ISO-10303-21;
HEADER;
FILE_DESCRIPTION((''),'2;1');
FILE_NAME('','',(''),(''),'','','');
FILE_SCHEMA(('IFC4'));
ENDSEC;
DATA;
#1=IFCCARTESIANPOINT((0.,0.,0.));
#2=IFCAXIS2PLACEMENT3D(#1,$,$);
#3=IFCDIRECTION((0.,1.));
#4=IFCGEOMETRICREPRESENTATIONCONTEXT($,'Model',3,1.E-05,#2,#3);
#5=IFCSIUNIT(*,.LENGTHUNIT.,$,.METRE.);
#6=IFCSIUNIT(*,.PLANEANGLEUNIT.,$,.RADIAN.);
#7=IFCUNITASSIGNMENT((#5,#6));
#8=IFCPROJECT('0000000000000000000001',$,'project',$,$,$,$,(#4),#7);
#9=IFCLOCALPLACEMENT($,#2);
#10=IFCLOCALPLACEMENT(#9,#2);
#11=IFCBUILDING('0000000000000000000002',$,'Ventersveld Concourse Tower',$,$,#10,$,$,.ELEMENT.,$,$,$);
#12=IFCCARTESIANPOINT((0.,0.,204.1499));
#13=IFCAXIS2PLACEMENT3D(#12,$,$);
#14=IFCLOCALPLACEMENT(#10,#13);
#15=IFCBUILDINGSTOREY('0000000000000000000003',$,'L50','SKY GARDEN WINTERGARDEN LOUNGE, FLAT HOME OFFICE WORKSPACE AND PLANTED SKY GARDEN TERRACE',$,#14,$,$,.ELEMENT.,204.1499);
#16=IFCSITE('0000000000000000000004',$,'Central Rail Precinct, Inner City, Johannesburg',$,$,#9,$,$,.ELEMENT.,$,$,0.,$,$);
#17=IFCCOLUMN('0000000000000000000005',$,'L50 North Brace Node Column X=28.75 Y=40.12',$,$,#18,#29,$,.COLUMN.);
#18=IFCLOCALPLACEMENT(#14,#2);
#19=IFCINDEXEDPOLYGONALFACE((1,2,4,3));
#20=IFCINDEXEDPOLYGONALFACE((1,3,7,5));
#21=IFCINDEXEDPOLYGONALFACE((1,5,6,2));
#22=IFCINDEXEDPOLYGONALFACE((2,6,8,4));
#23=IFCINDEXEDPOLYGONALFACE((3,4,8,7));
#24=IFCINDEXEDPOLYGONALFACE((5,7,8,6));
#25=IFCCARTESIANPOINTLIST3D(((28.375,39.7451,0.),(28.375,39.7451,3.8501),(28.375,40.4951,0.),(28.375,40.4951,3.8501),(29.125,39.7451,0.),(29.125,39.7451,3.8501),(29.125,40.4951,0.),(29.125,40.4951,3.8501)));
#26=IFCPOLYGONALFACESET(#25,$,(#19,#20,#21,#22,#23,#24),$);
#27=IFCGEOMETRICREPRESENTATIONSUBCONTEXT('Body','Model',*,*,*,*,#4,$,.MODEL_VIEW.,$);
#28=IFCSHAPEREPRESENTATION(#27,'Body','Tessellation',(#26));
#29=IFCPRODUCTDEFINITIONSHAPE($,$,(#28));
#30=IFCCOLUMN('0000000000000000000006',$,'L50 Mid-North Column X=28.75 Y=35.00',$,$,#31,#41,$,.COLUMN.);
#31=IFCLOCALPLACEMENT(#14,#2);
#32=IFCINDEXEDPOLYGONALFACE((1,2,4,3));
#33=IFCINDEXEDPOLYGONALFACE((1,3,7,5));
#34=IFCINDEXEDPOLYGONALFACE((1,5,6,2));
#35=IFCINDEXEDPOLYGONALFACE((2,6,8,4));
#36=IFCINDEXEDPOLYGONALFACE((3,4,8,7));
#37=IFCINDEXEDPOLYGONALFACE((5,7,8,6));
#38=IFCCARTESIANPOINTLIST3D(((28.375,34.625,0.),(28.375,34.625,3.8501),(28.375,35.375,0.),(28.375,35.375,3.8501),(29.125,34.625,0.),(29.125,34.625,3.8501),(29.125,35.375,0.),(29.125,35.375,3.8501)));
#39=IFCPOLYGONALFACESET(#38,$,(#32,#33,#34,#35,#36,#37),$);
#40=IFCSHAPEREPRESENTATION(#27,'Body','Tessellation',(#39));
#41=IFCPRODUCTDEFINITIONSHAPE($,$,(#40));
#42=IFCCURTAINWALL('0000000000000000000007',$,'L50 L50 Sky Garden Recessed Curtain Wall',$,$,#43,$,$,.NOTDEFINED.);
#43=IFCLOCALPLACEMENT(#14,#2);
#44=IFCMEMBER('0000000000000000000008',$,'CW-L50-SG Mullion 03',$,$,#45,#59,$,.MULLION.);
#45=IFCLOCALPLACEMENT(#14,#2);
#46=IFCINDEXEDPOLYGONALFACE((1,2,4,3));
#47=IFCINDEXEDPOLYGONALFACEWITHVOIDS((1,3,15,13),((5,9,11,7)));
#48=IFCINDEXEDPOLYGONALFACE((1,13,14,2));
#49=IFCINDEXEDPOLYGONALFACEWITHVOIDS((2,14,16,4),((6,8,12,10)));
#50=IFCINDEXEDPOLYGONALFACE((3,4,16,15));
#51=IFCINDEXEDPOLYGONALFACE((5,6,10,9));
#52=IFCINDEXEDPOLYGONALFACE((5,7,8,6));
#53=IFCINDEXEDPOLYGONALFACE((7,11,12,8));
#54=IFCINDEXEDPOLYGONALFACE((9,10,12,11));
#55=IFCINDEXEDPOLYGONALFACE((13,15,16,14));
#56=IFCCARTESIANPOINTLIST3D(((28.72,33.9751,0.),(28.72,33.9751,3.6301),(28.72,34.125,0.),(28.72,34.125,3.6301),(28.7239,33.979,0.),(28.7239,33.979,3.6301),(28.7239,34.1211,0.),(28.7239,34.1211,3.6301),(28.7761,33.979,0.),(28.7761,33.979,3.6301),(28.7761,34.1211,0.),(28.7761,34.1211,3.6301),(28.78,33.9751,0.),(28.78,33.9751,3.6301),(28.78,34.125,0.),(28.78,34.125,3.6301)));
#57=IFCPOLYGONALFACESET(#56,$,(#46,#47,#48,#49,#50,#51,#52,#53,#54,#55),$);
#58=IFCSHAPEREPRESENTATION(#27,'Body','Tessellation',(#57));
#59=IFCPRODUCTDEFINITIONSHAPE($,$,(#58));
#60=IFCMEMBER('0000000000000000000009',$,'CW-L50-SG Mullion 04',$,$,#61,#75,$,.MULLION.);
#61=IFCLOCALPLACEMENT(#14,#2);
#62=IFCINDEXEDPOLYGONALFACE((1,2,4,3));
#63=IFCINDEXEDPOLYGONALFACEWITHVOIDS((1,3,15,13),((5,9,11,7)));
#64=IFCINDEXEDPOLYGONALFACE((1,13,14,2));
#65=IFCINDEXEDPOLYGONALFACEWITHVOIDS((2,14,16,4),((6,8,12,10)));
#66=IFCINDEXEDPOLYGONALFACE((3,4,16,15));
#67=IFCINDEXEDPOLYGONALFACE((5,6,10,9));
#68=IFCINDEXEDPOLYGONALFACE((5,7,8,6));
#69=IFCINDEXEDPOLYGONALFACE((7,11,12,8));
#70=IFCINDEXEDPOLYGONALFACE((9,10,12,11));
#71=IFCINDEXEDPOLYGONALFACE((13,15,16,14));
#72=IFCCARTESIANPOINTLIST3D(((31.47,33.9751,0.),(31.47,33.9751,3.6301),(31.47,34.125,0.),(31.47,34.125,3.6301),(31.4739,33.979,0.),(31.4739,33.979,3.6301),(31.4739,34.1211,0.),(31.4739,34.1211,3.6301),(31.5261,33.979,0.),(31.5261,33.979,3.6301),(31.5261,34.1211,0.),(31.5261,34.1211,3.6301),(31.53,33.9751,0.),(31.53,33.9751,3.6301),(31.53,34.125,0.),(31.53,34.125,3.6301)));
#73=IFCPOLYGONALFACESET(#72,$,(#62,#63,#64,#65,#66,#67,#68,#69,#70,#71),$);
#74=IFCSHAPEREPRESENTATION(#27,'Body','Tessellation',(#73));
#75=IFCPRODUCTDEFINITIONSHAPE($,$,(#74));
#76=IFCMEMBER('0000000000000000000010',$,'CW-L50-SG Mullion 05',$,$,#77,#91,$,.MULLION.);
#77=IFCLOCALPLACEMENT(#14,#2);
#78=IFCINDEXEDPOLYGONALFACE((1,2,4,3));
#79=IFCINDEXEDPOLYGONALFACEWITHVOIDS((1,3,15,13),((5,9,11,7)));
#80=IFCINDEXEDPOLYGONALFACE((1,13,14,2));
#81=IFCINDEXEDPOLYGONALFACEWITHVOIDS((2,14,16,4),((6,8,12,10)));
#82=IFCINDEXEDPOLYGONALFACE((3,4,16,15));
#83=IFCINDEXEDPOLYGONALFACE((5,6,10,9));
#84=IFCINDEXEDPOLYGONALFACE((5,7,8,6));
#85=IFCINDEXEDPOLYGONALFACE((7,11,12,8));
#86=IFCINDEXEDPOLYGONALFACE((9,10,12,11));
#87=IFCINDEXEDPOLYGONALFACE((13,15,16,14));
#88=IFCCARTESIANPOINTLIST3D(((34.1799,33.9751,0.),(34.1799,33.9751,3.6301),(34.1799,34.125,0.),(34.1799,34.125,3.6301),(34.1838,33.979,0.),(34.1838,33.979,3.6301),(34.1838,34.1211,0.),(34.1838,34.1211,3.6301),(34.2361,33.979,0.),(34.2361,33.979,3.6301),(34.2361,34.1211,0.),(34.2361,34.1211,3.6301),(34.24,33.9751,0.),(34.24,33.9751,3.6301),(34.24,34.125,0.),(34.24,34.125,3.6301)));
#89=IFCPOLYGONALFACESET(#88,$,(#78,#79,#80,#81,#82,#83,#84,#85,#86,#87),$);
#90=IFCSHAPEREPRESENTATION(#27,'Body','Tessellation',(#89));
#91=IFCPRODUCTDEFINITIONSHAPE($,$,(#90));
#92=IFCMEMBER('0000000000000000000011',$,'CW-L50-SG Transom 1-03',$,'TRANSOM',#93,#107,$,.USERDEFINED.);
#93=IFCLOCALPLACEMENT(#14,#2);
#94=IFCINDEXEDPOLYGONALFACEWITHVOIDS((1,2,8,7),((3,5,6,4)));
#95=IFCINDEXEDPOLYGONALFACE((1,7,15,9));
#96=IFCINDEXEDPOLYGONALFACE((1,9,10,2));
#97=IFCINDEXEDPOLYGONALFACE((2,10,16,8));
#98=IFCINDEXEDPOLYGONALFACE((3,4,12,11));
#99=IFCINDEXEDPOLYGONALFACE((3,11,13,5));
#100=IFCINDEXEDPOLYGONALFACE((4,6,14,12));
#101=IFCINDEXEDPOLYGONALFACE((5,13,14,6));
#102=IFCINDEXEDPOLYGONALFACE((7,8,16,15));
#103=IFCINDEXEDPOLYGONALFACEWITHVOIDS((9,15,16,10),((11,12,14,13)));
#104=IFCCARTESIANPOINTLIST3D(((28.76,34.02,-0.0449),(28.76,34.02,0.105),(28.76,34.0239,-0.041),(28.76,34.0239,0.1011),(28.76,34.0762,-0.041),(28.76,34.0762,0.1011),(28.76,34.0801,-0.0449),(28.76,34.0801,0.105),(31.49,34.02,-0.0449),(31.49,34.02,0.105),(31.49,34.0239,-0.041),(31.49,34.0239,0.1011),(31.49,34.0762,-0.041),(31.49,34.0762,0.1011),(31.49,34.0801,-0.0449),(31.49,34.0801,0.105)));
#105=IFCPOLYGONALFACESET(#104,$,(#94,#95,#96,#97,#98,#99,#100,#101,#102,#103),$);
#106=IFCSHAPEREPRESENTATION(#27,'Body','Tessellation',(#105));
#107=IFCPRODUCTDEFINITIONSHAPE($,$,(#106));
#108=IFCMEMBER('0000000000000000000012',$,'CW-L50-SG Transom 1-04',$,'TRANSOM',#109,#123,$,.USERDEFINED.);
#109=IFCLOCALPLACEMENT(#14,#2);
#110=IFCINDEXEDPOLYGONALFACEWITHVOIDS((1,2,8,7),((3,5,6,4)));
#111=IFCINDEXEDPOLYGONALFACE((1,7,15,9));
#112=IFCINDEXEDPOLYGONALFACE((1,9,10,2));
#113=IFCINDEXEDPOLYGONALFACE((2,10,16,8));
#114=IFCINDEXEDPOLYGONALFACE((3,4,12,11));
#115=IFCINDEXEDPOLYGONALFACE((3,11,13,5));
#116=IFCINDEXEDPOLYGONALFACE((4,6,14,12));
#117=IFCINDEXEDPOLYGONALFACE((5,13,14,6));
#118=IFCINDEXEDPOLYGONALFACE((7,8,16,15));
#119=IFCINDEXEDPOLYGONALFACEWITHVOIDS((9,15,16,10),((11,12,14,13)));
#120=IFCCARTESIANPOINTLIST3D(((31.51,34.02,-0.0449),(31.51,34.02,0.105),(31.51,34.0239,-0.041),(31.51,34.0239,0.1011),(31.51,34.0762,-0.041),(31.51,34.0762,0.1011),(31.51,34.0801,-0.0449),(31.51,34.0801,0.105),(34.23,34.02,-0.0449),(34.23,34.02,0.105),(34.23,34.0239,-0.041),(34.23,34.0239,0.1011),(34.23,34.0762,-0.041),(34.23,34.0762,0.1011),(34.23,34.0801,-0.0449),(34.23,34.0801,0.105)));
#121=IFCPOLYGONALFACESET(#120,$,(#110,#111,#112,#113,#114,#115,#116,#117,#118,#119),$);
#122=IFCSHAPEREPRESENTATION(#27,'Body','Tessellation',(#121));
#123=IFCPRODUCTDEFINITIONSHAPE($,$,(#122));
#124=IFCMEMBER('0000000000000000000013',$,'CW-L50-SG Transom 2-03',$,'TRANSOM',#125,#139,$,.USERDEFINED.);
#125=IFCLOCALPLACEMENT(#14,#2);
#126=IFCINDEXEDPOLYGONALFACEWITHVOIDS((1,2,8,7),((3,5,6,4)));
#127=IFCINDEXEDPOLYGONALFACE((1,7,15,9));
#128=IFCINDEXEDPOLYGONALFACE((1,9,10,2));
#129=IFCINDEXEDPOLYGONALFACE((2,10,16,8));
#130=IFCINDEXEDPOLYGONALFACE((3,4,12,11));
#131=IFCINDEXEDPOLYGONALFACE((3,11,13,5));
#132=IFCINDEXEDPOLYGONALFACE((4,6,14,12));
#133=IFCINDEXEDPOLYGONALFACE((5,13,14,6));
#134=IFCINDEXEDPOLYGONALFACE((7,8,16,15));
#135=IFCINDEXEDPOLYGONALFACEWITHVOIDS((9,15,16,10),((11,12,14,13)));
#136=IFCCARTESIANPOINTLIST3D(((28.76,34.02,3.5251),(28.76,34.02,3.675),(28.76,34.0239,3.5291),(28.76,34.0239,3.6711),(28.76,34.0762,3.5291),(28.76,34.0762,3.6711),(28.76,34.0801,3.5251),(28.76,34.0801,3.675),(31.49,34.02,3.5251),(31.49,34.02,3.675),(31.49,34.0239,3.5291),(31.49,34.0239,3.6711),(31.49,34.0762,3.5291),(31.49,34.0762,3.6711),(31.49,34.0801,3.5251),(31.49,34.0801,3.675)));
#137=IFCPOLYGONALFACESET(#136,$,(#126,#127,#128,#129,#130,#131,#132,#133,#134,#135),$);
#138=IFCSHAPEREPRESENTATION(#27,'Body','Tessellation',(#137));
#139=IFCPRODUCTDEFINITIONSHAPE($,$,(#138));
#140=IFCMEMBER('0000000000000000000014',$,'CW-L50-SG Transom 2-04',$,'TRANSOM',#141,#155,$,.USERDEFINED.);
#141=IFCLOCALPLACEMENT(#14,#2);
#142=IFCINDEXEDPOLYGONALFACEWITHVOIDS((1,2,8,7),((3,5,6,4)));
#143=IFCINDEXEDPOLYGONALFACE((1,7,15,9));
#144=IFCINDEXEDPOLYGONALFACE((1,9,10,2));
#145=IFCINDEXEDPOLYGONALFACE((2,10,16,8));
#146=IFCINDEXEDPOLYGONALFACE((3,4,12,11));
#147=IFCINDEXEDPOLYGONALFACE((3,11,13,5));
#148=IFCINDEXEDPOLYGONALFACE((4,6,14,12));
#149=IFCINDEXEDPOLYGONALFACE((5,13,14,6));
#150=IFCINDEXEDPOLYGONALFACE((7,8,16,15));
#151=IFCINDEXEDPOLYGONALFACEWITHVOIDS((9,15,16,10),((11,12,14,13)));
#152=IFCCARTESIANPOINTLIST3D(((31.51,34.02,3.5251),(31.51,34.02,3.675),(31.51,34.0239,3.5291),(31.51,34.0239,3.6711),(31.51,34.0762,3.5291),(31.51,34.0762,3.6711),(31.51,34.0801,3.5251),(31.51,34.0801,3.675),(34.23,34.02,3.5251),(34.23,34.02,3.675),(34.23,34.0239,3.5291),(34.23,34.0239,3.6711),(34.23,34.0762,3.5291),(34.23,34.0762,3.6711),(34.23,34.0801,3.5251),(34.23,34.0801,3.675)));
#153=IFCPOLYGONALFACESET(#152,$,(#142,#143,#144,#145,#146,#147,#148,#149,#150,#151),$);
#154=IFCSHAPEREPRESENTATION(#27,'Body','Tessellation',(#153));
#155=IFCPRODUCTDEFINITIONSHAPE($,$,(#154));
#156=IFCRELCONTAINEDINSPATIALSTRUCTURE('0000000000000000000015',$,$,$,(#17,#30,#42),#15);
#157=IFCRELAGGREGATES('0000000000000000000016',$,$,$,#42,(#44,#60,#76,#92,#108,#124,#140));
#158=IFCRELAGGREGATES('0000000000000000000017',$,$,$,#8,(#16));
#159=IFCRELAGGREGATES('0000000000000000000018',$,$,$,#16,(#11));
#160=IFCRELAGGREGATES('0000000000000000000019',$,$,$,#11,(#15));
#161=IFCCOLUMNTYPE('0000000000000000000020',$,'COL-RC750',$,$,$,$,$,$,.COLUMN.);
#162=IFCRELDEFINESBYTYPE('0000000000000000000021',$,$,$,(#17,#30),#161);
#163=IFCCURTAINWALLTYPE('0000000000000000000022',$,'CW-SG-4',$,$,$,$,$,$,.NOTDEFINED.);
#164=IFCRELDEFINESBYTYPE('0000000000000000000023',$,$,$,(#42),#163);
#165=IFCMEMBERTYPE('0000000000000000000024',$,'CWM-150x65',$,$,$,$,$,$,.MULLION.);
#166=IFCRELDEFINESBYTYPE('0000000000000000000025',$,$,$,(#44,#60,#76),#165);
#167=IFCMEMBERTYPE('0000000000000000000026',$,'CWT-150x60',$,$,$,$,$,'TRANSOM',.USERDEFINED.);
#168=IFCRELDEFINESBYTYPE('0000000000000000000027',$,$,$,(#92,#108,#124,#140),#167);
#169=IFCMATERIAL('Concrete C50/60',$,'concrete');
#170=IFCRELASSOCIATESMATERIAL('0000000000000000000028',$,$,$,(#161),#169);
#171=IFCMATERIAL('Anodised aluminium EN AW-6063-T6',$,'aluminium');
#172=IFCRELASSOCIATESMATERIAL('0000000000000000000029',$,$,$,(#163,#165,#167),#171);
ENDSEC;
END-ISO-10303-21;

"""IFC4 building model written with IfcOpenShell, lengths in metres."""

from ifc_helpers import new_model, si_unit, direction, frame, origin, origin_2d, place, context, subcontext, project, spatial, rectangle, hollow_rectangle, extrude, material, material_profile, profile_set, type_object, element, aggregate, save


model = new_model("IFC4")

# Units and contexts
model_context = context("Model", 3, precision=1e-05, world=origin(), true_north=direction((0.0, 1.0)))
body_context = subcontext(model_context, "Body", "Model", "MODEL_VIEW")
ifc_project = project(units=[si_unit("LENGTHUNIT", "METRE"), si_unit("PLANEANGLEUNIT", "RADIAN")], contexts=[model_context])

# Site, building, storey
site_placement = place(None, origin())
site = spatial("IfcSite", under=ifc_project, at=site_placement, Name="Central Rail Precinct, Inner City, Johannesburg", CompositionType="ELEMENT", RefElevation=0.0)
building_placement = place(site_placement, origin())
building = spatial("IfcBuilding", under=site, at=building_placement, Name="Ventersveld Concourse Tower", CompositionType="ELEMENT")
storey_placement = place(building_placement, frame((0.0, 0.0, 204.1499)))
storey = spatial("IfcBuildingStorey", under=building, at=storey_placement, Name="L50", Description="SKY GARDEN WINTERGARDEN LOUNGE, FLAT HOME OFFICE WORKSPACE AND PLANTED SKY GARDEN TERRACE", CompositionType="ELEMENT", Elevation=204.1499)

# Columns
ifc_material_1 = material(Name="Concrete C50/60", Category="concrete")
ifc_material_profile_1 = material_profile(ifc_material_1, rectangle(XDim=0.75, YDim=0.75, at=origin_2d()), Name="RC 750x750")
ifc_profile_set_1 = profile_set([ifc_material_profile_1], Name="Concrete C50/60")
column_type = type_object("IfcColumnType", Name="COL-RC750", PredefinedType="COLUMN", material=ifc_profile_set_1)
for number, where, z_axis, x_axis, name in (
    (1, (28.75, 40.1201, 0.0), (0.0, 0.0, 1.0), (1.0, 0.0, 0.0), "L50 North Brace Node Column X=28.75 Y=40.12"),
    (2, (28.75, 35.0, 0.0), (0.0, 0.0, 1.0), (1.0, 0.0, 0.0), "L50 Mid-North Column X=28.75 Y=35.00"),
):
    element("IfcColumn", number, at=place(storey_placement, frame(where, z_axis=z_axis, x_axis=x_axis)), inside=storey, type_object=column_type, Name=name, PredefinedType="COLUMN", context=body_context, shape_type="SweptSolid", body=[
        extrude(rectangle(XDim=0.75, YDim=0.75, at=origin_2d()), origin(), (0.0, 0.0, 1.0), 3.8501),
    ])

# Curtain wall, members
ifc_material_2 = material(Name="Anodised aluminium EN AW-6063-T6", Category="aluminium")
curtain_wall_type = type_object("IfcCurtainWallType", Name="CW-SG-4", PredefinedType="NOTDEFINED", material=ifc_material_2)
curtain_wall_placement = place(storey_placement, origin())
curtain_wall = element("IfcCurtainWall", 3, at=curtain_wall_placement, inside=storey, type_object=curtain_wall_type, Name="L50 L50 Sky Garden Recessed Curtain Wall", PredefinedType="NOTDEFINED")
ifc_material_profile_2 = material_profile(ifc_material_2, hollow_rectangle(XDim=0.0601, YDim=0.1499, WallThickness=0.0039, at=origin_2d()), Name="ALU 150x60x4")
ifc_profile_set_2 = profile_set([ifc_material_profile_2], Name="Anodised aluminium EN AW-6063-T6")
member_type_1 = type_object("IfcMemberType", Name="CWM-150x65", PredefinedType="MULLION", material=ifc_profile_set_2)
member_1_placement = place(storey_placement, frame((28.75, 34.05, 0.0), z_axis=(0.0, 0.0, 1.0), x_axis=(1.0, 0.0, 0.0)))
member_1 = element("IfcMember", 4, at=member_1_placement, type_object=member_type_1, Name="CW-L50-SG Mullion 03", PredefinedType="MULLION", context=body_context, shape_type="SweptSolid", body=[
    extrude(hollow_rectangle(XDim=0.0601, YDim=0.1499, WallThickness=0.0039, at=origin_2d()), origin(), (0.0, 0.0, 1.0), 3.6301),
])
member_2_placement = place(storey_placement, frame((31.5, 34.05, 0.0), z_axis=(0.0, 0.0, 1.0), x_axis=(1.0, 0.0, 0.0)))
member_2 = element("IfcMember", 5, at=member_2_placement, type_object=member_type_1, Name="CW-L50-SG Mullion 04", PredefinedType="MULLION", context=body_context, shape_type="SweptSolid", body=[
    extrude(hollow_rectangle(XDim=0.0601, YDim=0.1499, WallThickness=0.0039, at=origin_2d()), origin(), (0.0, 0.0, 1.0), 3.6301),
])
member_3_placement = place(storey_placement, frame((34.21, 34.05, 0.0), z_axis=(0.0, 0.0, 1.0), x_axis=(1.0, 0.0, 0.0)))
member_3 = element("IfcMember", 6, at=member_3_placement, type_object=member_type_1, Name="CW-L50-SG Mullion 05", PredefinedType="MULLION", context=body_context, shape_type="SweptSolid", body=[
    extrude(hollow_rectangle(XDim=0.0601, YDim=0.1499, WallThickness=0.0039, at=origin_2d()), origin(), (0.0, 0.0, 1.0), 3.6301),
])
ifc_material_profile_3 = material_profile(ifc_material_2, hollow_rectangle(XDim=0.0601, YDim=0.1499, WallThickness=0.0039, at=origin_2d()), Name="ALU 150x60x4")
ifc_profile_set_3 = profile_set([ifc_material_profile_3], Name="Anodised aluminium EN AW-6063-T6")
member_type_2 = type_object("IfcMemberType", Name="CWT-150x60", ElementType="TRANSOM", PredefinedType="USERDEFINED", material=ifc_profile_set_3)
member_4_placement = place(storey_placement, frame((28.76, 34.05, 0.03), z_axis=(1.0, 0.0, 0.0), x_axis=(0.0, 1.0, 0.0)))
member_4 = element("IfcMember", 7, at=member_4_placement, type_object=member_type_2, Name="CW-L50-SG Transom 1-03", ObjectType="TRANSOM", PredefinedType="USERDEFINED", context=body_context, shape_type="SweptSolid", body=[
    extrude(hollow_rectangle(XDim=0.0601, YDim=0.1499, WallThickness=0.0039, at=origin_2d()), origin(), (0.0, 0.0, 1.0), 2.73),
])
member_5_placement = place(storey_placement, frame((31.51, 34.05, 0.03), z_axis=(1.0, 0.0, 0.0), x_axis=(0.0, 1.0, 0.0)))
member_5 = element("IfcMember", 8, at=member_5_placement, type_object=member_type_2, Name="CW-L50-SG Transom 1-04", ObjectType="TRANSOM", PredefinedType="USERDEFINED", context=body_context, shape_type="SweptSolid", body=[
    extrude(hollow_rectangle(XDim=0.0601, YDim=0.1499, WallThickness=0.0039, at=origin_2d()), origin(), (0.0, 0.0, 1.0), 2.72),
])
member_6_placement = place(storey_placement, frame((28.76, 34.05, 3.6001), z_axis=(1.0, 0.0, 0.0), x_axis=(0.0, 1.0, 0.0)))
member_6 = element("IfcMember", 9, at=member_6_placement, type_object=member_type_2, Name="CW-L50-SG Transom 2-03", ObjectType="TRANSOM", PredefinedType="USERDEFINED", context=body_context, shape_type="SweptSolid", body=[
    extrude(hollow_rectangle(XDim=0.0601, YDim=0.1499, WallThickness=0.0039, at=origin_2d()), origin(), (0.0, 0.0, 1.0), 2.73),
])
member_7_placement = place(storey_placement, frame((31.51, 34.05, 3.6001), z_axis=(1.0, 0.0, 0.0), x_axis=(0.0, 1.0, 0.0)))
member_7 = element("IfcMember", 10, at=member_7_placement, type_object=member_type_2, Name="CW-L50-SG Transom 2-04", ObjectType="TRANSOM", PredefinedType="USERDEFINED", context=body_context, shape_type="SweptSolid", body=[
    extrude(hollow_rectangle(XDim=0.0601, YDim=0.1499, WallThickness=0.0039, at=origin_2d()), origin(), (0.0, 0.0, 1.0), 2.72),
])

aggregate(curtain_wall, [member_1, member_2, member_3, member_4, member_5, member_6, member_7])

save(model, "model.ifc")
